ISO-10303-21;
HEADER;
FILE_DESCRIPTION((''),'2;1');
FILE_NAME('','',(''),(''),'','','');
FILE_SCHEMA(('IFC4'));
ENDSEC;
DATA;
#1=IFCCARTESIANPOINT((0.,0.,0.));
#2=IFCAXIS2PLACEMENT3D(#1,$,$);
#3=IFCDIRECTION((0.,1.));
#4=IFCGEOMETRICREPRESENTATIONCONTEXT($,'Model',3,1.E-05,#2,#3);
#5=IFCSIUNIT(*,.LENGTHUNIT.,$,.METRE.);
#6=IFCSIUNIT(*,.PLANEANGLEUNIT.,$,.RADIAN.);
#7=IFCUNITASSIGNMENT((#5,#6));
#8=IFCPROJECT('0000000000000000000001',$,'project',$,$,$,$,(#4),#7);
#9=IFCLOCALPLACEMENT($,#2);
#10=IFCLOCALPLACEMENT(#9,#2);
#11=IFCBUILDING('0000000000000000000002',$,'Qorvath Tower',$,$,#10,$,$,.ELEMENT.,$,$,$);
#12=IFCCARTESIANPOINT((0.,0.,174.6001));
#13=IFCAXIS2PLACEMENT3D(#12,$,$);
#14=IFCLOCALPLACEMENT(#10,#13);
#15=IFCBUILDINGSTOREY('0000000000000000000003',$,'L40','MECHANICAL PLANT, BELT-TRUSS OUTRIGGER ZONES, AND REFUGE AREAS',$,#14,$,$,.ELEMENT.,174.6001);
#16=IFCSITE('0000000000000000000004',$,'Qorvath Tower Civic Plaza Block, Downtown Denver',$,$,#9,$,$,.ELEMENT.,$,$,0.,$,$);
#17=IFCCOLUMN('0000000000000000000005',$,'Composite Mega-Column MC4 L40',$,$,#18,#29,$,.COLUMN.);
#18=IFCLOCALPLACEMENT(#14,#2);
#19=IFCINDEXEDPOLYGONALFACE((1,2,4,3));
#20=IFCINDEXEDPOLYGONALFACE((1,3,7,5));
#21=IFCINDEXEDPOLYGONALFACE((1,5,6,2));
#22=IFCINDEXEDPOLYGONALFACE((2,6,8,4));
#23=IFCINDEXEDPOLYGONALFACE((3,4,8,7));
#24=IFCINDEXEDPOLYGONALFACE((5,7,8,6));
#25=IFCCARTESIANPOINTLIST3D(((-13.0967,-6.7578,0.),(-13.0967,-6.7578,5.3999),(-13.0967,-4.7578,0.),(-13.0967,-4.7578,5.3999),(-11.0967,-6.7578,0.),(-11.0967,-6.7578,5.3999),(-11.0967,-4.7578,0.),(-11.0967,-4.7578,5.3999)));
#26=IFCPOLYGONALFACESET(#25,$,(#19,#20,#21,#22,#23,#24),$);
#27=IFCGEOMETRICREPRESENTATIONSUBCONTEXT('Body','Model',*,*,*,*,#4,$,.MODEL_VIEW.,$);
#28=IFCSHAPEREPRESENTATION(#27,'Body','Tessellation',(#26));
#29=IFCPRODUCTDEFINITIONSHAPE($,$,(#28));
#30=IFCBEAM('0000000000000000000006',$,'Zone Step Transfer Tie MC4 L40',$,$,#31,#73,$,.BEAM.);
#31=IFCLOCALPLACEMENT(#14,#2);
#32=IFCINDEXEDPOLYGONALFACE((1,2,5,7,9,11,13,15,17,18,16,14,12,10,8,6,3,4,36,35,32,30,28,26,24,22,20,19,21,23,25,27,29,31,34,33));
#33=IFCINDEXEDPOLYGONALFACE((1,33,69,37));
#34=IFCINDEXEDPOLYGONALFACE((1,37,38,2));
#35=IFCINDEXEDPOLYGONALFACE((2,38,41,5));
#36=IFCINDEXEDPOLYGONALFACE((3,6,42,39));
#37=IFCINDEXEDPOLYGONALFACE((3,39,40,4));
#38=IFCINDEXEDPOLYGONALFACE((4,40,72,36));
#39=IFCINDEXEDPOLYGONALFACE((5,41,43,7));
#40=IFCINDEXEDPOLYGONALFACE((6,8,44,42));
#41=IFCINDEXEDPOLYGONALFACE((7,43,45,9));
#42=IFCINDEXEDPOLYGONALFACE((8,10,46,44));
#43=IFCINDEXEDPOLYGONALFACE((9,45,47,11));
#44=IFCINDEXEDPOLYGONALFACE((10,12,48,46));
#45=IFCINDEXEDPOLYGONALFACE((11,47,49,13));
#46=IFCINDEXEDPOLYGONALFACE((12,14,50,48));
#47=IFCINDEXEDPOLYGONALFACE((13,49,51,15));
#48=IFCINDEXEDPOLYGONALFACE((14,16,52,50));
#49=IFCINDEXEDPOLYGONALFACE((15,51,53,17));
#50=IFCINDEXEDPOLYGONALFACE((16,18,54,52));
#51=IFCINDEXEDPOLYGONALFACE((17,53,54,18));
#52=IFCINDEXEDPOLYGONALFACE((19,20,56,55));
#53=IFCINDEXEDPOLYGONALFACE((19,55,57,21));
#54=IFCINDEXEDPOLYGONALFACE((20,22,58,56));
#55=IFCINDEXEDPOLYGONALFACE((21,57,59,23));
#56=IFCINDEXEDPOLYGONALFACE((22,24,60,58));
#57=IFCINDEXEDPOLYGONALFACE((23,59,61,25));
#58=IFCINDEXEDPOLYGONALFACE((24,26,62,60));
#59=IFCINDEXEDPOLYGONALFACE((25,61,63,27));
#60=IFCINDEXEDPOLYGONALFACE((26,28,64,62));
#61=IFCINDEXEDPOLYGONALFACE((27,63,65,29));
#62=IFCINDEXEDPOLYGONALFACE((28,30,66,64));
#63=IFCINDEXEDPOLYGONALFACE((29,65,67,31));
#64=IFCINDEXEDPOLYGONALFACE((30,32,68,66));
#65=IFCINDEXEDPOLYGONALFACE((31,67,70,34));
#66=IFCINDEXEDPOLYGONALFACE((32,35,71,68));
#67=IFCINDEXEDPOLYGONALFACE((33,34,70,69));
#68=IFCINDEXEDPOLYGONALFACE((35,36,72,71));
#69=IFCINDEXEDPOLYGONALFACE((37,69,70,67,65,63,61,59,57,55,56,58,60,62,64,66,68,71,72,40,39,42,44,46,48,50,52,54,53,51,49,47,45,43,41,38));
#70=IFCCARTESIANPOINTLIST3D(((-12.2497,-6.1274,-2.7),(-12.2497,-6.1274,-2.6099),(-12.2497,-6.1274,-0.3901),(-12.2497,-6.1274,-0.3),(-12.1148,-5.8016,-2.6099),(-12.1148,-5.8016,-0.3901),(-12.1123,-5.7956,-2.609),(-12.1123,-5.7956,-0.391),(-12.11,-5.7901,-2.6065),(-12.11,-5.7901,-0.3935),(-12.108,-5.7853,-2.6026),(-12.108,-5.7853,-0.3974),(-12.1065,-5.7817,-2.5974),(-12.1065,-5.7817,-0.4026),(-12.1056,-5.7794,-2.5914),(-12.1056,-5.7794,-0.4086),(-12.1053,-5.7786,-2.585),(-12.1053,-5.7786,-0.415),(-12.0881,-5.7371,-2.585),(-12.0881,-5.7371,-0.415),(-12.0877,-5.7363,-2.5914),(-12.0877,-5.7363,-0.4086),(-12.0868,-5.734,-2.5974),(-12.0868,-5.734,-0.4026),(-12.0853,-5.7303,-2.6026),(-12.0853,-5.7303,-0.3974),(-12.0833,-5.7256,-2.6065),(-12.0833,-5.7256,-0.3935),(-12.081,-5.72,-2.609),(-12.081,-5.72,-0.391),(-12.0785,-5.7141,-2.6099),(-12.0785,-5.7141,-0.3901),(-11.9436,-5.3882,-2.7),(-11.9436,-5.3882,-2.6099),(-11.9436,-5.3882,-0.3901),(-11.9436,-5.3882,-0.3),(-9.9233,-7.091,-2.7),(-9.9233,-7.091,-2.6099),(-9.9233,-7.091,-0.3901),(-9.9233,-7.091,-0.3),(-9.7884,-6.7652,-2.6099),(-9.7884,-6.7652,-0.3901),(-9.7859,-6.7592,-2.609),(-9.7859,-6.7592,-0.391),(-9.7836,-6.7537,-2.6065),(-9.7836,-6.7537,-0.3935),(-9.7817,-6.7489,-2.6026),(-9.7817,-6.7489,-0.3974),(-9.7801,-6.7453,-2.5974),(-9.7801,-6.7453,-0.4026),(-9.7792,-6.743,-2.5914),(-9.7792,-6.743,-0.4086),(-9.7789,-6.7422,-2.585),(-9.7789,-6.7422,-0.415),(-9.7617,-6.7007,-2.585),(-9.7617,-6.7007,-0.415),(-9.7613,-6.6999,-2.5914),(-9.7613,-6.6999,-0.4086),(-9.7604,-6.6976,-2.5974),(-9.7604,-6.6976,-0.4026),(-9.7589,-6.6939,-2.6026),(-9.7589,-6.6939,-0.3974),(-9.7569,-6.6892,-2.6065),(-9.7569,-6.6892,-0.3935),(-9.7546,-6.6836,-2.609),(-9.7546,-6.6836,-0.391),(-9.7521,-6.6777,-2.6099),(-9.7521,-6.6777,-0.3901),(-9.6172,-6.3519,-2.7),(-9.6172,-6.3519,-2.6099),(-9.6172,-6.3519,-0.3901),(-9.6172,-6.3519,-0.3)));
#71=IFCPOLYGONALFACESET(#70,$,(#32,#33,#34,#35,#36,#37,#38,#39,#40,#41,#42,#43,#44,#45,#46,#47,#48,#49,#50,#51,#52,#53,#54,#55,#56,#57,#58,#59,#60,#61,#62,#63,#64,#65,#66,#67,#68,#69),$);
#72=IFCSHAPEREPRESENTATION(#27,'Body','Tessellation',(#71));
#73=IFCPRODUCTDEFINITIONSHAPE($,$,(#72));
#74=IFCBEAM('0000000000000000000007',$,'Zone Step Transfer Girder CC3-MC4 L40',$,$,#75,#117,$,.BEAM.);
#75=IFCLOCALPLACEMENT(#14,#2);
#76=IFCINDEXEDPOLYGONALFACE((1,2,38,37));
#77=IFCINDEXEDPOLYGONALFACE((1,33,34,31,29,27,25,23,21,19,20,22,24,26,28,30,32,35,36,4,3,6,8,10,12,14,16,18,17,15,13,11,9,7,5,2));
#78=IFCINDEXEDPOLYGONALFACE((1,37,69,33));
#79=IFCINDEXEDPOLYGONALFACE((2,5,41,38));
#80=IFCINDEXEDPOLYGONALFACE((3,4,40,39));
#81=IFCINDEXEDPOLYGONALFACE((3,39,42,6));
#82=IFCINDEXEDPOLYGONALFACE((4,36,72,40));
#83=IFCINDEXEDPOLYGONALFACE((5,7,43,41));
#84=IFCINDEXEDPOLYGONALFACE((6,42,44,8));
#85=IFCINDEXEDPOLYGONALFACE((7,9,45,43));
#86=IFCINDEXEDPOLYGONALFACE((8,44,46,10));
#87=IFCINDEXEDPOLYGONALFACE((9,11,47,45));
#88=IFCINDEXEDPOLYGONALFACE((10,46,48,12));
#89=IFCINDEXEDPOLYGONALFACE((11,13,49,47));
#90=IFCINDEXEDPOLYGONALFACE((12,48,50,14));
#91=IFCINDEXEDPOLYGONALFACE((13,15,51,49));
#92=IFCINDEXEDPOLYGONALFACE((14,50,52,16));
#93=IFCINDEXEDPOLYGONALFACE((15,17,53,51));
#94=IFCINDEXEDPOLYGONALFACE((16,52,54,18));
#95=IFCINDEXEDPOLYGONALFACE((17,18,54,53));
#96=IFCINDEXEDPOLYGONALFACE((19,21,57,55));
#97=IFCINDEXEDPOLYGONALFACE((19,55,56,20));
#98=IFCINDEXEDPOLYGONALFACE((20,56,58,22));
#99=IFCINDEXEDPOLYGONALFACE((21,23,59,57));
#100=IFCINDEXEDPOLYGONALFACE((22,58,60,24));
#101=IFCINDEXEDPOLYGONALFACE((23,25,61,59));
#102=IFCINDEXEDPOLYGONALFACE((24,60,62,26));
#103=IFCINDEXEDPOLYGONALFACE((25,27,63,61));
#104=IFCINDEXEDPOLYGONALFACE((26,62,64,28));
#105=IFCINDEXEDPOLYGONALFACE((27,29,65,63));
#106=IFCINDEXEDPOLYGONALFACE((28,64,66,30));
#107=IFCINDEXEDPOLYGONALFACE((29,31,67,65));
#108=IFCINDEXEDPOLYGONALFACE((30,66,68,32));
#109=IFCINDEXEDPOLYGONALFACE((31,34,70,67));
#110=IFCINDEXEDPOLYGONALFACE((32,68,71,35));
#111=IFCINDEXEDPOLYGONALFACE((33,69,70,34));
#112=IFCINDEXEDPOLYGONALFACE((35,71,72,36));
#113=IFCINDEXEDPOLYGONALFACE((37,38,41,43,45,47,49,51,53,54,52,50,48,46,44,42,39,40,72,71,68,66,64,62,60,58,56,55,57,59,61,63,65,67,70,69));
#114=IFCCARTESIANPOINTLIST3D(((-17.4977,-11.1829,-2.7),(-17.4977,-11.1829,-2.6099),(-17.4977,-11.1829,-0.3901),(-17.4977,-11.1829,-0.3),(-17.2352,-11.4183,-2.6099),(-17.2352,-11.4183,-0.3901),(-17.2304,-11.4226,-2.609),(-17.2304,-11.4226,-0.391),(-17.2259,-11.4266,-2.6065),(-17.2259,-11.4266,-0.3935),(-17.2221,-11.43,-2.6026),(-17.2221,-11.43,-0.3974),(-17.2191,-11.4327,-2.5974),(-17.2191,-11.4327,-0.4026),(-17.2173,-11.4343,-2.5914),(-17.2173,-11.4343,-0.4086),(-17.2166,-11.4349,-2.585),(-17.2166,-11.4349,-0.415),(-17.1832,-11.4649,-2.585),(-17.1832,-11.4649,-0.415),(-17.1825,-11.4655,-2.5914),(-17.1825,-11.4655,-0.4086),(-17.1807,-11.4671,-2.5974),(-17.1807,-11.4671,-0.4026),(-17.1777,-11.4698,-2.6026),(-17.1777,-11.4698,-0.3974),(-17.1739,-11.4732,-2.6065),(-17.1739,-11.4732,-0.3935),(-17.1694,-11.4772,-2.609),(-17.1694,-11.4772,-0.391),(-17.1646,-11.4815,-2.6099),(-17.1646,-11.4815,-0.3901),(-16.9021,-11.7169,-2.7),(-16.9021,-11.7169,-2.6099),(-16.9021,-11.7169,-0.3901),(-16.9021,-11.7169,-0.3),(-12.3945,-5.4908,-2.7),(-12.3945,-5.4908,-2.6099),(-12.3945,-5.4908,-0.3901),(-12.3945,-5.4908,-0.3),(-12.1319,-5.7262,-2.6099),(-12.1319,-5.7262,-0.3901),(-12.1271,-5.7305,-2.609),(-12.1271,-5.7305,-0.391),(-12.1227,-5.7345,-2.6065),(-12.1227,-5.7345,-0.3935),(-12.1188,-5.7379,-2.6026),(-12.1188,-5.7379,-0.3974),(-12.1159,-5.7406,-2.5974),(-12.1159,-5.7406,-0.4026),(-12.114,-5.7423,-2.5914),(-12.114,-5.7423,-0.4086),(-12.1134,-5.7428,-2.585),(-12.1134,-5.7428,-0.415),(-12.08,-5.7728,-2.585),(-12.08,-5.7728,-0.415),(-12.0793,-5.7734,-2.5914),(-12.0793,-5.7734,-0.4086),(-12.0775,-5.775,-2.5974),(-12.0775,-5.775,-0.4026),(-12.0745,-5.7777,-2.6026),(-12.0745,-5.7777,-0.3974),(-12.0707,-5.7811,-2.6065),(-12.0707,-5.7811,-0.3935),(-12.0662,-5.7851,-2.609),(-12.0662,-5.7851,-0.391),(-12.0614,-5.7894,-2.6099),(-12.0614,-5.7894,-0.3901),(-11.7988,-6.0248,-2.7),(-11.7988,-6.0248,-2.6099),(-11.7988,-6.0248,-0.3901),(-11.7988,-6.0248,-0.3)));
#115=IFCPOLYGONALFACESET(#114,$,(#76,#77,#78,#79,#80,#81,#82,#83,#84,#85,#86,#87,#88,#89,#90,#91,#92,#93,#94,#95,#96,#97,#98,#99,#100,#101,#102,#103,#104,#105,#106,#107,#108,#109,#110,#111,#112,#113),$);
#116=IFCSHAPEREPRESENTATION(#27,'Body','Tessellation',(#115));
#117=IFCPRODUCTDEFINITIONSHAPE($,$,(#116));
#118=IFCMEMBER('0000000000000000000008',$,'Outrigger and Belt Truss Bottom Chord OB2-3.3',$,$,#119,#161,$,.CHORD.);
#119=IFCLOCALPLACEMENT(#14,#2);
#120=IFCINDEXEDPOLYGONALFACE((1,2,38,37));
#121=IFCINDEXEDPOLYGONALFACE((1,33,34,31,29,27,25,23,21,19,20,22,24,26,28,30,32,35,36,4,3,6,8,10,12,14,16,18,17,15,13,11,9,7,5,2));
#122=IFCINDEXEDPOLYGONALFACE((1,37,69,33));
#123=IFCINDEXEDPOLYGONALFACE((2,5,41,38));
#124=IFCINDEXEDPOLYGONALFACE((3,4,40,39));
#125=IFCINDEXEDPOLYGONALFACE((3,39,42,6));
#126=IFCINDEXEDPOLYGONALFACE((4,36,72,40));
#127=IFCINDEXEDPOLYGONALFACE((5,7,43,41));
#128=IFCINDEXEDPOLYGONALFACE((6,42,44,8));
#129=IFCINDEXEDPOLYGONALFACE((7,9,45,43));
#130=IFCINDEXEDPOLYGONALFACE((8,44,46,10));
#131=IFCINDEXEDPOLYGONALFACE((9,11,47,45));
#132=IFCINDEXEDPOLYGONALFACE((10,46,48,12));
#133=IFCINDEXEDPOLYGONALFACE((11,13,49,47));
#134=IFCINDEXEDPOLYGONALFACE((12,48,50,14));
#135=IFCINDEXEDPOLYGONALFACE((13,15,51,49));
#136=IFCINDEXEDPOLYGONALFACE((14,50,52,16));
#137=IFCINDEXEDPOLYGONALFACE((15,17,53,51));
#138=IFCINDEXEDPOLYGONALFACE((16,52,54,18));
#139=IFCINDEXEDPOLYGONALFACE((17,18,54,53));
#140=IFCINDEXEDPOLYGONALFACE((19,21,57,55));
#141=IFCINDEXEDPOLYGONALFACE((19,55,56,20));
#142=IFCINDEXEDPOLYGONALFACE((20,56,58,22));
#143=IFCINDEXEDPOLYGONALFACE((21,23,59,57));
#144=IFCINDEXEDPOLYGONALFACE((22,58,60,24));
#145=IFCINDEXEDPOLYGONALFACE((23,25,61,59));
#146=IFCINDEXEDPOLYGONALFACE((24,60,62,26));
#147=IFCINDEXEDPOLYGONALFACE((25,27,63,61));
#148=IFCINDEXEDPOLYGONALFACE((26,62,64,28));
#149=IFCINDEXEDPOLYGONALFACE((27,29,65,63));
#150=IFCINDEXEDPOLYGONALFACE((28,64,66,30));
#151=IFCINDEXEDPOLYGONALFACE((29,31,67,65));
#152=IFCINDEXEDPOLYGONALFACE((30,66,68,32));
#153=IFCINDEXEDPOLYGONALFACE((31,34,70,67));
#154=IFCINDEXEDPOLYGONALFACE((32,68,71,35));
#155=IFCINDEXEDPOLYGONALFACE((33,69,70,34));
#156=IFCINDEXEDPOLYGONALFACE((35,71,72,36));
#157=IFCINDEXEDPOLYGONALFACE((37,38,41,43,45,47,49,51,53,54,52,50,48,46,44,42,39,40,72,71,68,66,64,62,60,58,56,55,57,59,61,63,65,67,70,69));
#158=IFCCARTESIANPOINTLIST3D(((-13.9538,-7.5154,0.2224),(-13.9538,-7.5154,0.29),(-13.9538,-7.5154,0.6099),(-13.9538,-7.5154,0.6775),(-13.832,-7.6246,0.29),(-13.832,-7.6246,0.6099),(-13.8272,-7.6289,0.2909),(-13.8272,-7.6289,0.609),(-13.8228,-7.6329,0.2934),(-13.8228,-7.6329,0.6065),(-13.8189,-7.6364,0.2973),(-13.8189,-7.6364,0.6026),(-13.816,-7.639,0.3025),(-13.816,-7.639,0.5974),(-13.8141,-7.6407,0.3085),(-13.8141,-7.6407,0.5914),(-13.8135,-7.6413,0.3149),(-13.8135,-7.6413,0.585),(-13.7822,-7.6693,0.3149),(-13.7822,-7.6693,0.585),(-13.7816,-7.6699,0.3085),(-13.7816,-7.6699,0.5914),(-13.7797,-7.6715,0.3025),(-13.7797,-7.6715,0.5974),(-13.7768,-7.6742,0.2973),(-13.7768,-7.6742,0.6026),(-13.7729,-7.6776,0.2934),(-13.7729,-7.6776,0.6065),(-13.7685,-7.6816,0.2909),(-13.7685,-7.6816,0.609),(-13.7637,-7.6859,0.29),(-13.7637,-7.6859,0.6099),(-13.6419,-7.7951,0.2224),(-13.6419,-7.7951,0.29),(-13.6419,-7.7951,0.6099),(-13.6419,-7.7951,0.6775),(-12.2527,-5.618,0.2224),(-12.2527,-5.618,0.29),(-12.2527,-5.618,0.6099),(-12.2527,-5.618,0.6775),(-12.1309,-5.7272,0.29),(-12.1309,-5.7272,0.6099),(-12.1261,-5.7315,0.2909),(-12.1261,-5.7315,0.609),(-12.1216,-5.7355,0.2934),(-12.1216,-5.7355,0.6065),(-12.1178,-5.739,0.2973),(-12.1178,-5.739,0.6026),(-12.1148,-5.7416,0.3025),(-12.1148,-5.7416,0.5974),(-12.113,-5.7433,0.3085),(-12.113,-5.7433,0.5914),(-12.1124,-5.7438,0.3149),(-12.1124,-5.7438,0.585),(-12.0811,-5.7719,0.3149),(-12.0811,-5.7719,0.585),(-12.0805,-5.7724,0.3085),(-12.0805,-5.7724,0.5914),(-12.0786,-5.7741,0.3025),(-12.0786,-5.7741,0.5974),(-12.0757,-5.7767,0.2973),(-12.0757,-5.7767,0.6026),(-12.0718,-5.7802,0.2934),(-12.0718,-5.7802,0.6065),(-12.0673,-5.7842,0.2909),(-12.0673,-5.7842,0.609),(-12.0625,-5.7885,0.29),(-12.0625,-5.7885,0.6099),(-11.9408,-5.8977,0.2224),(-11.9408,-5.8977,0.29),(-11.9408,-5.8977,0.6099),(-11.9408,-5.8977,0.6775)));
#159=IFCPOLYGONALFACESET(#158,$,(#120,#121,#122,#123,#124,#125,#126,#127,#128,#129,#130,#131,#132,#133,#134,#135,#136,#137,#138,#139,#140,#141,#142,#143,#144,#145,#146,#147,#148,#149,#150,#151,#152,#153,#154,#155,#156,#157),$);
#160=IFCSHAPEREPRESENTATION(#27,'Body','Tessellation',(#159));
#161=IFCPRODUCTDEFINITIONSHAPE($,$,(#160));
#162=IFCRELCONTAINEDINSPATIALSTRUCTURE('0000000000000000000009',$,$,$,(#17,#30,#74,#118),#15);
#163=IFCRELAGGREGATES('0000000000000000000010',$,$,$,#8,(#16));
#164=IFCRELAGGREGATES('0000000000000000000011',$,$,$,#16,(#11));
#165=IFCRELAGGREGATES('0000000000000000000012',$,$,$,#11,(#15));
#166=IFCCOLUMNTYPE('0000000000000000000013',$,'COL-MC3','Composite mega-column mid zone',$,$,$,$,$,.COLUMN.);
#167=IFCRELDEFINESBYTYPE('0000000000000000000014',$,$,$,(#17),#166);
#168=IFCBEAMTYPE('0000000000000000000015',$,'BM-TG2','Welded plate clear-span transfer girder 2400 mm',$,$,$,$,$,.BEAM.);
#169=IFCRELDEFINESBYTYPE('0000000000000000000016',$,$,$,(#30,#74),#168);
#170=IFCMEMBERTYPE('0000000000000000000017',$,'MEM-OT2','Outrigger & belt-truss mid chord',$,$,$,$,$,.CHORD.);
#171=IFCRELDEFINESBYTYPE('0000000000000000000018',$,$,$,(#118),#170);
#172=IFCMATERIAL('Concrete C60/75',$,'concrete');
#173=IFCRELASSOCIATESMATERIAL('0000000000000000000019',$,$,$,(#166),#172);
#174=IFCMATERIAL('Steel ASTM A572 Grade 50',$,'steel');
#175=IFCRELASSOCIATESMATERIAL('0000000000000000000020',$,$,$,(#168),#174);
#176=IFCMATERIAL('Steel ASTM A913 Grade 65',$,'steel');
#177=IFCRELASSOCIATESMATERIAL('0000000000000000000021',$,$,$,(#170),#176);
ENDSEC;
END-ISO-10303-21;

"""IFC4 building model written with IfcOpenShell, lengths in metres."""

from ifc_helpers import new_model, si_unit, direction, frame, origin, origin_2d, place, context, subcontext, project, spatial, rectangle, i_section, extrude, material, material_profile, profile_set, type_object, element, save


model = new_model("IFC4")

# Units and contexts
model_context = context("Model", 3, precision=1e-05, world=origin(), true_north=direction((0.0, 1.0)))
body_context = subcontext(model_context, "Body", "Model", "MODEL_VIEW")
ifc_project = project(units=[si_unit("LENGTHUNIT", "METRE"), si_unit("PLANEANGLEUNIT", "RADIAN")], contexts=[model_context])

# Site, building, storey
site_placement = place(None, origin())
site = spatial("IfcSite", under=ifc_project, at=site_placement, Name="Qorvath Tower Civic Plaza Block, Downtown Denver", CompositionType="ELEMENT", RefElevation=0.0)
building_placement = place(site_placement, origin())
building = spatial("IfcBuilding", under=site, at=building_placement, Name="Qorvath Tower", CompositionType="ELEMENT")
storey_placement = place(building_placement, frame((0.0, 0.0, 174.6001)))
storey = spatial("IfcBuildingStorey", under=building, at=storey_placement, Name="L40", Description="MECHANICAL PLANT, BELT-TRUSS OUTRIGGER ZONES, AND REFUGE AREAS", CompositionType="ELEMENT", Elevation=174.6001)

# Column
ifc_material_1 = material(Name="Concrete C60/75", Category="concrete")
ifc_material_profile_1 = material_profile(ifc_material_1, rectangle(XDim=2.0, YDim=2.0, at=origin_2d()), Name="MC 2000x2000")
ifc_profile_set_1 = profile_set([ifc_material_profile_1], Name="Concrete C60/75")
column_type = type_object("IfcColumnType", Name="COL-MC3", Description="Composite mega-column mid zone", PredefinedType="COLUMN", material=ifc_profile_set_1)
column_placement = place(storey_placement, frame((-12.0967, -5.7578, 0.0), z_axis=(0.0, 0.0, 1.0), x_axis=(1.0, 0.0, 0.0)))
element("IfcColumn", 1, at=column_placement, inside=storey, type_object=column_type, Name="Composite Mega-Column MC4 L40", PredefinedType="COLUMN", context=body_context, shape_type="SweptSolid", body=[
    extrude(rectangle(XDim=2.0, YDim=2.0, at=origin_2d()), origin(), (0.0, 0.0, 1.0), 5.3999),
])

# Beams
ifc_material_2 = material(Name="Steel ASTM A572 Grade 50", Category="steel")
ifc_material_profile_2 = material_profile(ifc_material_2, i_section(OverallWidth=0.8, OverallDepth=2.3999, WebThickness=0.0449, FlangeThickness=0.0901, FilletRadius=0.0249, at=origin_2d()), Name="WTG 2400x800")
ifc_profile_set_2 = profile_set([ifc_material_profile_2], Name="Steel ASTM A572 Grade 50")
beam_type = type_object("IfcBeamType", Name="BM-TG2", Description="Welded plate clear-span transfer girder 2400 mm", PredefinedType="BEAM", material=ifc_profile_set_2)
beam_1_placement = place(storey_placement, frame((-9.7703, -6.7214, -1.5), z_axis=(-0.923881, 0.38268, 0.0), x_axis=(-0.38268, -0.923881, 0.0)))
element("IfcBeam", 2, at=beam_1_placement, inside=storey, type_object=beam_type, Name="Zone Step Transfer Tie MC4 L40", PredefinedType="BEAM", context=body_context, shape_type="SweptSolid", body=[
    extrude(i_section(OverallWidth=0.8, OverallDepth=2.3999, WebThickness=0.0449, FlangeThickness=0.0901, FilletRadius=0.0249, at=origin_2d()), origin(), (0.0, 0.0, 1.0), 2.5181),
])
beam_2_placement = place(storey_placement, frame((-12.0967, -5.7578, -1.5), z_axis=(-0.667543, -0.744571, 0.0), x_axis=(0.744571, -0.667543, 0.0)))
element("IfcBeam", 3, at=beam_2_placement, inside=storey, type_object=beam_type, Name="Zone Step Transfer Girder CC3-MC4 L40", PredefinedType="BEAM", context=body_context, shape_type="SweptSolid", body=[
    extrude(i_section(OverallWidth=0.8, OverallDepth=2.3999, WebThickness=0.0449, FlangeThickness=0.0901, FilletRadius=0.0249, at=origin_2d()), origin(), (0.0, 0.0, 1.0), 7.6448),
])

# Member
ifc_material_3 = material(Name="Steel ASTM A913 Grade 65", Category="steel")
ifc_material_profile_3 = material_profile(ifc_material_3, i_section(OverallWidth=0.4189, OverallDepth=0.4551, WebThickness=0.042, FlangeThickness=0.0676, FilletRadius=0.0249, at=origin_2d()), Name="W14x370")
ifc_profile_set_3 = profile_set([ifc_material_profile_3], Name="Steel ASTM A913 Grade 65")
member_type_1 = type_object("IfcMemberType", Name="MEM-OT2", Description="Outrigger & belt-truss mid chord", PredefinedType="CHORD", material=ifc_profile_set_3)
member_1_placement = place(storey_placement, frame((-13.7979, -7.6553, 0.45), z_axis=(0.667545, 0.744569, 0.0), x_axis=(-0.744569, 0.667545, 0.0)))
element("IfcMember", 4, at=member_1_placement, inside=storey, type_object=member_type_1, Name="Outrigger and Belt Truss Bottom Chord OB2-3.3", PredefinedType="CHORD", context=body_context, shape_type="SweptSolid", body=[
    extrude(i_section(OverallWidth=0.4189, OverallDepth=0.4551, WebThickness=0.042, FlangeThickness=0.0676, FilletRadius=0.0249, at=origin_2d()), origin(), (0.0, 0.0, 1.0), 2.5483),
])

save(model, "model.ifc")
